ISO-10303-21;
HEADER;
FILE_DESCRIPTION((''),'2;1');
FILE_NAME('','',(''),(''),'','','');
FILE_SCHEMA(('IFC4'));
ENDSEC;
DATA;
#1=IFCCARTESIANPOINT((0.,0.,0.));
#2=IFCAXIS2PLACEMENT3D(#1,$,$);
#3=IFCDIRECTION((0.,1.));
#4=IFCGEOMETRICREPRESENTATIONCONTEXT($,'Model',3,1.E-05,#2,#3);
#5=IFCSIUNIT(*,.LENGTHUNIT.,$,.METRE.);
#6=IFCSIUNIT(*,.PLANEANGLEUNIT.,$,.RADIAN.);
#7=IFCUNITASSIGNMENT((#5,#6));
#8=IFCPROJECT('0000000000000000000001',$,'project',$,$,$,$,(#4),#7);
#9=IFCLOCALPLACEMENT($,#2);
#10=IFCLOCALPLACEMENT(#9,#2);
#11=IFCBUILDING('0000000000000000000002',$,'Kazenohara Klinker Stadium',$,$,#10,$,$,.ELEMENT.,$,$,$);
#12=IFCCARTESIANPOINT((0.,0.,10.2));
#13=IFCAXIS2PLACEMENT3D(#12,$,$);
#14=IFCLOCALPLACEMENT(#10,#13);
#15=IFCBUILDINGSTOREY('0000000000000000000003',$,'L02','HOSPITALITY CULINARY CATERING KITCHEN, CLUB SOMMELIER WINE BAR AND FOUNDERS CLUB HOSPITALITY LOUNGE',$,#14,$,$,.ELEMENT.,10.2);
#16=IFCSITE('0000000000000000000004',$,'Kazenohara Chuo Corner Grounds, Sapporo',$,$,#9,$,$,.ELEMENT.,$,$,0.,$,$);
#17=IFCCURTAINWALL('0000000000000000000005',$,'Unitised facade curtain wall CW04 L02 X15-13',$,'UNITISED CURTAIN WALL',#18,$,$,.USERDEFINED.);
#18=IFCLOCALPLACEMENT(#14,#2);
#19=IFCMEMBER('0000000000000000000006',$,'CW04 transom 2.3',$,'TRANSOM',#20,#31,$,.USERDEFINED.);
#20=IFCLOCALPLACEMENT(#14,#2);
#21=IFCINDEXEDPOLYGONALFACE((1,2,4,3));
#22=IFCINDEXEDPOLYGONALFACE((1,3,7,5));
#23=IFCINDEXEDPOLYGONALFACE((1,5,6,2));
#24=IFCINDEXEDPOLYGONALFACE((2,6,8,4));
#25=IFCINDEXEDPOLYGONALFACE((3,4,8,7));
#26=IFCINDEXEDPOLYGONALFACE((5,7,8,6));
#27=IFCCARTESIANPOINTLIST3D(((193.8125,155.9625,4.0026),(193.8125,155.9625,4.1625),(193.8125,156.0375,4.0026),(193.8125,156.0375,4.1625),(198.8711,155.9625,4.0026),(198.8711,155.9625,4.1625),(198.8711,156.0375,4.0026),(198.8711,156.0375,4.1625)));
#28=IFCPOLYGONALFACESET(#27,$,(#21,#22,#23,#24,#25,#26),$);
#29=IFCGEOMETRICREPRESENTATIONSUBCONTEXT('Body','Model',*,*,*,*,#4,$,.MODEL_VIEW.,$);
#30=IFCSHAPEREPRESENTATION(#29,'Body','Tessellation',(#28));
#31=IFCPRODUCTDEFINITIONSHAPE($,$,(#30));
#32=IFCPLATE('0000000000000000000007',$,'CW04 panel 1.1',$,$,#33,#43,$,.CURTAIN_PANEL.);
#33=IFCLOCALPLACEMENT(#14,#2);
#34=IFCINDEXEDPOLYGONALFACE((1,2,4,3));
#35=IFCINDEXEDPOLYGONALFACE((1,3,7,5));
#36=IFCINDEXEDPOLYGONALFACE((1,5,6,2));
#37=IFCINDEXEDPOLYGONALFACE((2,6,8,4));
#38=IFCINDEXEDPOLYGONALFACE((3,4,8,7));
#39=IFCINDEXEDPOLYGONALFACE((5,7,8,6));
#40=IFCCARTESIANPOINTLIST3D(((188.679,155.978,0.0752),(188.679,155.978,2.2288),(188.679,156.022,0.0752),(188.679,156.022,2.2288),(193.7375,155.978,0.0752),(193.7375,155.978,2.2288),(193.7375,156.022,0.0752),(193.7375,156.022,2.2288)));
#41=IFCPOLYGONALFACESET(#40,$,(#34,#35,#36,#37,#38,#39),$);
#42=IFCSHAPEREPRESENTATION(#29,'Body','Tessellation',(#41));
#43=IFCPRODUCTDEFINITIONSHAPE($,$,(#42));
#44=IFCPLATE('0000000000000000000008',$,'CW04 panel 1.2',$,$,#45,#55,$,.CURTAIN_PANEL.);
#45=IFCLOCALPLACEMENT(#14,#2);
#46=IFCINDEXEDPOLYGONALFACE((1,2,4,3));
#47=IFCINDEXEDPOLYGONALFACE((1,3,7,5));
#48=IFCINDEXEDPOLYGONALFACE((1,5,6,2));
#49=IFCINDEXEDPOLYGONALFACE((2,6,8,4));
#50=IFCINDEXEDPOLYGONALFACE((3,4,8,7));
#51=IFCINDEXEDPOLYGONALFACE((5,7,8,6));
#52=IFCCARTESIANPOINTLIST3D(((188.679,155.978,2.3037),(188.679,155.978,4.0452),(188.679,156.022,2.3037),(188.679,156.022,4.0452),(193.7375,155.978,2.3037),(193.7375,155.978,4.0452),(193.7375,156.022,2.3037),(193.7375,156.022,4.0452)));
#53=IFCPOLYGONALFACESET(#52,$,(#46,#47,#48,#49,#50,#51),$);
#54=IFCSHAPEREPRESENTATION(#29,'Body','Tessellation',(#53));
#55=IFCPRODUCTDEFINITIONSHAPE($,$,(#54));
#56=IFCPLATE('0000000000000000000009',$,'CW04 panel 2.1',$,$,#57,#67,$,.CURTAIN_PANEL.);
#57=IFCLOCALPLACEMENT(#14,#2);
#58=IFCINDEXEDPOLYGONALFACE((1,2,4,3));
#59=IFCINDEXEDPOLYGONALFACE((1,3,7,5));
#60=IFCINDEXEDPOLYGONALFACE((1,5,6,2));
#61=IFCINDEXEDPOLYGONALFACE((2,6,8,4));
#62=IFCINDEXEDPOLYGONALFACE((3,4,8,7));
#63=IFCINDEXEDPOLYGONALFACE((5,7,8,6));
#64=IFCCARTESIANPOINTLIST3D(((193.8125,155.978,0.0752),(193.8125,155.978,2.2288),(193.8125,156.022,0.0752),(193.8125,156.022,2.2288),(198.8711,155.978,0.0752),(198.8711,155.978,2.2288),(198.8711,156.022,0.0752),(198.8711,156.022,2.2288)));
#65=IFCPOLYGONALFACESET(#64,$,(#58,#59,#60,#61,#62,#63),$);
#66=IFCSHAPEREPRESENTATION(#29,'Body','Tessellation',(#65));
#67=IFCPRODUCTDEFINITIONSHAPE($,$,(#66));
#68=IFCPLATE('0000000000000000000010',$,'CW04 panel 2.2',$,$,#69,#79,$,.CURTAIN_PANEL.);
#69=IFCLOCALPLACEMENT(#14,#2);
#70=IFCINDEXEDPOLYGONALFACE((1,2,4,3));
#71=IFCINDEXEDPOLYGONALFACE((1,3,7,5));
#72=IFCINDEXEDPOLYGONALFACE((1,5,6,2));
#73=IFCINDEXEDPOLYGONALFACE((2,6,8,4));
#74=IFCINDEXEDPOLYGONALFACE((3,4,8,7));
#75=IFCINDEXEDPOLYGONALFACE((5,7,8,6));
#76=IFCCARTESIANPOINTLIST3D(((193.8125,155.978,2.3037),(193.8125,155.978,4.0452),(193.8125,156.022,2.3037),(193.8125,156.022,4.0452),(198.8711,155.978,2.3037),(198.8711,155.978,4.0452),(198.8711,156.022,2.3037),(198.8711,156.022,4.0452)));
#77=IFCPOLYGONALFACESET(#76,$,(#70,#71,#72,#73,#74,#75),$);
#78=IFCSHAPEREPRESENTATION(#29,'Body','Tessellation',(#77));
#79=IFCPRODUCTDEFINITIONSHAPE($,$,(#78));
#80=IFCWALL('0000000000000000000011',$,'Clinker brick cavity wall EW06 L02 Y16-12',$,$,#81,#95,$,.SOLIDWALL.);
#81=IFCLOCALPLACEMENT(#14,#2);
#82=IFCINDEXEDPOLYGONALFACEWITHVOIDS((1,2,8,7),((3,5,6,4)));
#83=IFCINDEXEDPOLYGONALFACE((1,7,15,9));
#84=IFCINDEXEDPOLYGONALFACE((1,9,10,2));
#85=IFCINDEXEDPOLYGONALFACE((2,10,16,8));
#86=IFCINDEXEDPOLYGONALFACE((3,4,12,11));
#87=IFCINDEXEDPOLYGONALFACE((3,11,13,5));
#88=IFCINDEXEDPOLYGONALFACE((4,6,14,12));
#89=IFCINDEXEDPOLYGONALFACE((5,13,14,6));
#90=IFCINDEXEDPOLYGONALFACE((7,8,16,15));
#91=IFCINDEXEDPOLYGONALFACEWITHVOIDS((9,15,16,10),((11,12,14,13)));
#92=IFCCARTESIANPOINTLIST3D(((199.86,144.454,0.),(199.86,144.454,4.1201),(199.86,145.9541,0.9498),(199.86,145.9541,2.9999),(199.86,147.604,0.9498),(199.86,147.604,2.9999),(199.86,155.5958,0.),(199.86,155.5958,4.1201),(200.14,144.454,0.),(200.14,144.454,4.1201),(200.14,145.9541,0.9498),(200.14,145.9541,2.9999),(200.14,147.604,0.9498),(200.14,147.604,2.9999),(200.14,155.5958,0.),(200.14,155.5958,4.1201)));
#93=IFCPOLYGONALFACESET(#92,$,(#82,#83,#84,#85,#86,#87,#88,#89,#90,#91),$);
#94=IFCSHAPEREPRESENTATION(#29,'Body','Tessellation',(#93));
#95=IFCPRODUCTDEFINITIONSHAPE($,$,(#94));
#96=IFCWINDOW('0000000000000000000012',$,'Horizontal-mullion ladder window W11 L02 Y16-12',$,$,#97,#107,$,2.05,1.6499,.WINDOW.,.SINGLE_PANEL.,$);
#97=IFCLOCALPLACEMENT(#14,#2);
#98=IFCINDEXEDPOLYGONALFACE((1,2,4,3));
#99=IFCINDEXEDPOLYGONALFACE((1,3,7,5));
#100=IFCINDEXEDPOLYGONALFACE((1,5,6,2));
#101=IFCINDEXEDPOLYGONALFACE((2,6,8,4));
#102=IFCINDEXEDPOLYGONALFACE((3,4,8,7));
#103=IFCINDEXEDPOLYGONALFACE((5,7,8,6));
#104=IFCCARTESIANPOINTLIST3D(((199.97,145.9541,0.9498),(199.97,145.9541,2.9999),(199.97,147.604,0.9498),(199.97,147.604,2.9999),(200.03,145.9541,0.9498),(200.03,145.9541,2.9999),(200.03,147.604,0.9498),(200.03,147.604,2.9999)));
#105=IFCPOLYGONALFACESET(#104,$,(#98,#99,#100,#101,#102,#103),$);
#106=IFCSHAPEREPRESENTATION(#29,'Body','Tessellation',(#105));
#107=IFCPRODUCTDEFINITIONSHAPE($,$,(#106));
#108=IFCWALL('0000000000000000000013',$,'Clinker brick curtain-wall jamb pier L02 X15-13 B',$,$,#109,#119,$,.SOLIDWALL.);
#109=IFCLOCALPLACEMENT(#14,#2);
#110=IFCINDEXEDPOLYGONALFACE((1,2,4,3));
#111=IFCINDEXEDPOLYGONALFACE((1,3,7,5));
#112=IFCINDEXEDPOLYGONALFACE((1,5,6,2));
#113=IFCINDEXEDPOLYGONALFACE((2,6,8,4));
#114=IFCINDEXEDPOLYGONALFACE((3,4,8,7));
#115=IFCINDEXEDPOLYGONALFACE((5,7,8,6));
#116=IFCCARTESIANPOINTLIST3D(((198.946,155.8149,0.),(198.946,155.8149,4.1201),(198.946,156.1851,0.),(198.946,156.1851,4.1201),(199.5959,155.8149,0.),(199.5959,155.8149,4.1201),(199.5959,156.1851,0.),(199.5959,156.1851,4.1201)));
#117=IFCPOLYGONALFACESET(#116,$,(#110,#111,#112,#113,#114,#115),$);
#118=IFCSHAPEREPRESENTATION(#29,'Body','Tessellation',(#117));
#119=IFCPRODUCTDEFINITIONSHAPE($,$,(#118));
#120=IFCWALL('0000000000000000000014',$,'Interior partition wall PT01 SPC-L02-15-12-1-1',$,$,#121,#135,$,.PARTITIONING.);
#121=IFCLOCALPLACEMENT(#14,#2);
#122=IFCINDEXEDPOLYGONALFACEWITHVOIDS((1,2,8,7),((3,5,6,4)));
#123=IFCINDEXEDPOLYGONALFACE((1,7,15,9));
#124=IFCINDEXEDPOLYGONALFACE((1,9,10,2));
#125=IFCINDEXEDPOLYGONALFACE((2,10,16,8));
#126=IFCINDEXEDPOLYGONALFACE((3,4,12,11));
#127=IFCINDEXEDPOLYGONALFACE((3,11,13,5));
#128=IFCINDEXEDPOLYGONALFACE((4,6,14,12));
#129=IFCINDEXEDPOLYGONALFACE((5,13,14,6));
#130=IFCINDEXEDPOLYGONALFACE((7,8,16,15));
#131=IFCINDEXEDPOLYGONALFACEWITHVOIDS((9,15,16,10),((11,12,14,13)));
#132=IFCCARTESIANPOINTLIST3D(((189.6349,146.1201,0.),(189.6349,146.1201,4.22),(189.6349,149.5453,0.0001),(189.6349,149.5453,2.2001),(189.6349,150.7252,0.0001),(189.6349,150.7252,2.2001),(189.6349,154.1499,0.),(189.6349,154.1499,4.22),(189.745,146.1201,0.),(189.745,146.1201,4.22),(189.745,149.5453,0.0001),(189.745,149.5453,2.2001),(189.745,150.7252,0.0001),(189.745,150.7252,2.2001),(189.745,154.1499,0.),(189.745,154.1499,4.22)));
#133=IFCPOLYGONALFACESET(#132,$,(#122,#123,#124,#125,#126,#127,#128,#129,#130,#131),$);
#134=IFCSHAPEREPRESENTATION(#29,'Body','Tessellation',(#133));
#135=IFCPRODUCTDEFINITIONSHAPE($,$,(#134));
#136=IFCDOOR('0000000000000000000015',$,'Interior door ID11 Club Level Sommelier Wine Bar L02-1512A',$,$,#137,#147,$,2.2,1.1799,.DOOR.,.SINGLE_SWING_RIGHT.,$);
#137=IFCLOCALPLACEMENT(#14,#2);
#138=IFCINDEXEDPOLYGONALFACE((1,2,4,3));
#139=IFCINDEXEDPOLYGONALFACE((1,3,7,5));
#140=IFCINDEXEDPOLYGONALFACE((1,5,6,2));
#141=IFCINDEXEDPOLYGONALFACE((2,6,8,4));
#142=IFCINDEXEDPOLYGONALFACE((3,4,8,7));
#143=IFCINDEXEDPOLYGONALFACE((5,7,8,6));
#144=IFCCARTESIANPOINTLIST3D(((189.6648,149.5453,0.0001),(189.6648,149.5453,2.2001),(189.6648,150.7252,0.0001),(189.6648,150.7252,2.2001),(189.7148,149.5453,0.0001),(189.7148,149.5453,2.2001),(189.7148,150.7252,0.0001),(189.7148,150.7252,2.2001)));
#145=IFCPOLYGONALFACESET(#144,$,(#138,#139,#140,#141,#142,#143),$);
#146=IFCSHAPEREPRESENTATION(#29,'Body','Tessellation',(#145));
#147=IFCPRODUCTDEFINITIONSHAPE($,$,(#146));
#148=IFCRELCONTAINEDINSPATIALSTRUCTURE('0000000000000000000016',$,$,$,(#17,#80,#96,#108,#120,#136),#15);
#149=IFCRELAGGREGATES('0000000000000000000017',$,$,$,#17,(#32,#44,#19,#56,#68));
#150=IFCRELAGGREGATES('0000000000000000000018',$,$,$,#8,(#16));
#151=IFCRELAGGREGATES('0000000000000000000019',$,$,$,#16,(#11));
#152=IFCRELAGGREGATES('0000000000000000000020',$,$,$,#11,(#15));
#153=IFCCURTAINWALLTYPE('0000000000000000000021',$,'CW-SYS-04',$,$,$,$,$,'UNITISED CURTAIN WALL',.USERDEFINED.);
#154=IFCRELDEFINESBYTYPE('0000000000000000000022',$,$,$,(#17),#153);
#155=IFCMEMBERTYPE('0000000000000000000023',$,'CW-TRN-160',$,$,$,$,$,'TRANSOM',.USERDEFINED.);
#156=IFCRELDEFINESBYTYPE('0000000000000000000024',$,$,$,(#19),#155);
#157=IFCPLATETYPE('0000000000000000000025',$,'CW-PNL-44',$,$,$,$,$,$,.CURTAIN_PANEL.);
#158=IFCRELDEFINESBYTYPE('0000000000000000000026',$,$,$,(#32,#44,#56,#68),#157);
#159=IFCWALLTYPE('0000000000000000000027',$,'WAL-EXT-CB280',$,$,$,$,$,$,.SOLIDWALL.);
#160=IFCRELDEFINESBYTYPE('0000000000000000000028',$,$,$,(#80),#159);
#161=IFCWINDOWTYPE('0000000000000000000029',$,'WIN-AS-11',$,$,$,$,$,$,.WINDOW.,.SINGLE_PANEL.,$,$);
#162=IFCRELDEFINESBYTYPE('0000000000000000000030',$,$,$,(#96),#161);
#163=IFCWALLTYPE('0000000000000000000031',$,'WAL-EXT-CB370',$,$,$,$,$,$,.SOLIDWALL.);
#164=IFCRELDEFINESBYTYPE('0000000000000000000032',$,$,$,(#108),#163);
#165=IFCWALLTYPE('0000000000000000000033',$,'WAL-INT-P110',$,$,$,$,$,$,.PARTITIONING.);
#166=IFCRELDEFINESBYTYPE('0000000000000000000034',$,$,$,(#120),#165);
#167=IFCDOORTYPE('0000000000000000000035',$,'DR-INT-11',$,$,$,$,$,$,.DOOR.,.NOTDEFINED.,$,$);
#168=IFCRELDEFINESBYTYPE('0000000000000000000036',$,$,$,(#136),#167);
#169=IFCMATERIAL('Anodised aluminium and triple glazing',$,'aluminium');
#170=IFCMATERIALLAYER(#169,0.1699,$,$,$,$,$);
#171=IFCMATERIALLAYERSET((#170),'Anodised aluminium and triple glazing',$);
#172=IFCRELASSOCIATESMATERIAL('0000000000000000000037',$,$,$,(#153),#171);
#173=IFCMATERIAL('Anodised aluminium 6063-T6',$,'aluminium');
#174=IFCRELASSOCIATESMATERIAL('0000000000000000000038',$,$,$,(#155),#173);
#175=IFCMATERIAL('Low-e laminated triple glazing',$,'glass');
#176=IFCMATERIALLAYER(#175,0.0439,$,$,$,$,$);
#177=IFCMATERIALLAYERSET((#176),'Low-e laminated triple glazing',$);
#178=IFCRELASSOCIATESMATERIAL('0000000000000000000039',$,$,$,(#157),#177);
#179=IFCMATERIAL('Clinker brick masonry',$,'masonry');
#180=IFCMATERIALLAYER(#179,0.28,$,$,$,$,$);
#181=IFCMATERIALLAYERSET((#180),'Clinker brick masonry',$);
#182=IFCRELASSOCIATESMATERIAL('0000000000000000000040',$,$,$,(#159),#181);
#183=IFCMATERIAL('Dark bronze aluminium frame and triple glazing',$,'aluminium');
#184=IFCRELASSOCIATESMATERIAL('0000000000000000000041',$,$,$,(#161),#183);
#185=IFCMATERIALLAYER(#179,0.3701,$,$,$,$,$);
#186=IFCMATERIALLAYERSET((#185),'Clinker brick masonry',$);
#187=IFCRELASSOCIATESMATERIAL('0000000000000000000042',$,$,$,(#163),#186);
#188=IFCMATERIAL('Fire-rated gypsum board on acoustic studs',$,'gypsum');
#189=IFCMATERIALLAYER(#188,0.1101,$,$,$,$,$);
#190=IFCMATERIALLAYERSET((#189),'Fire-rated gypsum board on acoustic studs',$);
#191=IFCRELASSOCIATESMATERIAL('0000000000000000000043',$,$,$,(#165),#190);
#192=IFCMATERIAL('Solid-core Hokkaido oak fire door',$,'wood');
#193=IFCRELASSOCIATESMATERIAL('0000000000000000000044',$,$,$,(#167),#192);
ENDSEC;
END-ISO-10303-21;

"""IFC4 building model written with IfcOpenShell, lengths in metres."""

from ifc_helpers import new_model, si_unit, direction, frame, frame_2d, origin, origin_2d, place, context, subcontext, project, spatial, rectangle, extrude, material, layer, layer_set, material_profile, profile_set, type_object, element, fill, aggregate, save


model = new_model("IFC4")

# Units and contexts
model_context = context("Model", 3, precision=1e-05, world=origin(), true_north=direction((0.0, 1.0)))
body_context = subcontext(model_context, "Body", "Model", "MODEL_VIEW")
ifc_project = project(units=[si_unit("LENGTHUNIT", "METRE"), si_unit("PLANEANGLEUNIT", "RADIAN")], contexts=[model_context])

# Site, building, storey
site_placement = place(None, origin())
site = spatial("IfcSite", under=ifc_project, at=site_placement, Name="Kazenohara Chuo Corner Grounds, Sapporo", CompositionType="ELEMENT", RefElevation=0.0)
building_placement = place(site_placement, origin())
building = spatial("IfcBuilding", under=site, at=building_placement, Name="Kazenohara Klinker Stadium", CompositionType="ELEMENT")
storey_placement = place(building_placement, frame((0.0, 0.0, 10.2)))
storey = spatial("IfcBuildingStorey", under=building, at=storey_placement, Name="L02", Description="HOSPITALITY CULINARY CATERING KITCHEN, CLUB SOMMELIER WINE BAR AND FOUNDERS CLUB HOSPITALITY LOUNGE", CompositionType="ELEMENT", Elevation=10.2)

# Curtain wall, member, plates
ifc_material_1 = material(Name="Anodised aluminium and triple glazing", Category="aluminium")
ifc_layer_1 = layer(ifc_material_1, 0.1699)
ifc_layer_set_1 = layer_set([ifc_layer_1], Name="Anodised aluminium and triple glazing")
curtain_wall_type = type_object("IfcCurtainWallType", Name="CW-SYS-04", ElementType="UNITISED CURTAIN WALL", PredefinedType="USERDEFINED", material=ifc_layer_set_1)
curtain_wall_placement = place(storey_placement, origin())
curtain_wall = element("IfcCurtainWall", 1, at=curtain_wall_placement, inside=storey, type_object=curtain_wall_type, Name="Unitised facade curtain wall CW04 L02 X15-13", ObjectType="UNITISED CURTAIN WALL", PredefinedType="USERDEFINED")
ifc_material_2 = material(Name="Anodised aluminium 6063-T6", Category="aluminium")
ifc_material_profile_1 = material_profile(ifc_material_2, rectangle(XDim=0.075, YDim=0.1599, at=origin_2d()), Name="ALU-TRN-75x160")
ifc_profile_set_1 = profile_set([ifc_material_profile_1], Name="Anodised aluminium 6063-T6")
member_type_1 = type_object("IfcMemberType", Name="CW-TRN-160", ElementType="TRANSOM", PredefinedType="USERDEFINED", material=ifc_profile_set_1)
member_1_placement = place(storey_placement, frame((193.8125, 156.0, 4.0825), z_axis=(1.0, 0.0, 0.0), x_axis=(0.0, 1.0, 0.0)))
member_1 = element("IfcMember", 2, at=member_1_placement, type_object=member_type_1, Name="CW04 transom 2.3", ObjectType="TRANSOM", PredefinedType="USERDEFINED", context=body_context, shape_type="SweptSolid", body=[
    extrude(rectangle(XDim=0.075, YDim=0.1599, at=origin_2d()), origin(), (0.0, 0.0, 1.0), 5.0586),
])
ifc_material_3 = material(Name="Low-e laminated triple glazing", Category="glass")
ifc_layer_2 = layer(ifc_material_3, 0.0439)
ifc_layer_set_2 = layer_set([ifc_layer_2], Name="Low-e laminated triple glazing")
plate_type = type_object("IfcPlateType", Name="CW-PNL-44", PredefinedType="CURTAIN_PANEL", material=ifc_layer_set_2)
plate_1_placement = place(storey_placement, frame((191.2083, 156.0, 0.0752), z_axis=(0.0, 0.0, 1.0), x_axis=(1.0, 0.0, 0.0)))
plate_1 = element("IfcPlate", 3, at=plate_1_placement, type_object=plate_type, Name="CW04 panel 1.1", PredefinedType="CURTAIN_PANEL", context=body_context, shape_type="SweptSolid", body=[
    extrude(rectangle(XDim=5.0586, YDim=0.0439, at=origin_2d()), origin(), (0.0, 0.0, 1.0), 2.1536),
])
plate_2_placement = place(storey_placement, frame((191.2083, 156.0, 2.3037), z_axis=(0.0, 0.0, 1.0), x_axis=(1.0, 0.0, 0.0)))
plate_2 = element("IfcPlate", 4, at=plate_2_placement, type_object=plate_type, Name="CW04 panel 1.2", PredefinedType="CURTAIN_PANEL", context=body_context, shape_type="SweptSolid", body=[
    extrude(rectangle(XDim=5.0586, YDim=0.0439, at=origin_2d()), origin(), (0.0, 0.0, 1.0), 1.7415),
])
plate_3_placement = place(storey_placement, frame((196.3418, 156.0, 0.0752), z_axis=(0.0, 0.0, 1.0), x_axis=(1.0, 0.0, 0.0)))
plate_3 = element("IfcPlate", 5, at=plate_3_placement, type_object=plate_type, Name="CW04 panel 2.1", PredefinedType="CURTAIN_PANEL", context=body_context, shape_type="SweptSolid", body=[
    extrude(rectangle(XDim=5.0586, YDim=0.0439, at=origin_2d()), origin(), (0.0, 0.0, 1.0), 2.1536),
])
plate_4_placement = place(storey_placement, frame((196.3418, 156.0, 2.3037), z_axis=(0.0, 0.0, 1.0), x_axis=(1.0, 0.0, 0.0)))
plate_4 = element("IfcPlate", 6, at=plate_4_placement, type_object=plate_type, Name="CW04 panel 2.2", PredefinedType="CURTAIN_PANEL", context=body_context, shape_type="SweptSolid", body=[
    extrude(rectangle(XDim=5.0586, YDim=0.0439, at=origin_2d()), origin(), (0.0, 0.0, 1.0), 1.7415),
])
aggregate(curtain_wall, [plate_1, plate_2, member_1, plate_3, plate_4])

# Wall, opening, window
ifc_material_4 = material(Name="Clinker brick masonry", Category="masonry")
ifc_layer_3 = layer(ifc_material_4, 0.28)
ifc_layer_set_3 = layer_set([ifc_layer_3], Name="Clinker brick masonry")
wall_type_1 = type_object("IfcWallType", Name="WAL-EXT-CB280", PredefinedType="SOLIDWALL", material=ifc_layer_set_3)
wall_1_placement = place(storey_placement, frame((200.0, 144.4541, 0.0), z_axis=(0.0, 0.0, 1.0), x_axis=(0.0, 1.0, 0.0)))
wall_1 = element("IfcWall", 7, at=wall_1_placement, inside=storey, type_object=wall_type_1, Name="Clinker brick cavity wall EW06 L02 Y16-12", PredefinedType="SOLIDWALL", context=body_context, shape_type="SweptSolid", body=[
    extrude(rectangle(XDim=11.1418, YDim=0.28, at=frame_2d((5.5708, 0.0))), origin(), (0.0, 0.0, 1.0), 4.1201),
])
opening_1_placement = place(wall_1_placement, frame((1.5, 0.0, 0.95)))
opening_1 = element("IfcOpeningElement", 8, at=opening_1_placement, cuts=wall_1, PredefinedType="OPENING", context=body_context, shape_type="SweptSolid", body=[
    extrude(rectangle(XDim=1.6499, YDim=2.05, at=frame_2d((0.825, 1.0249))), frame((0.0, 0.1499, 0.0), z_axis=(0.0, -1.0, 0.0), x_axis=(1.0, 0.0, 0.0)), (0.0, 0.0, 1.0), 0.3),
])
ifc_material_5 = material(Name="Dark bronze aluminium frame and triple glazing", Category="aluminium")
window_type = type_object("IfcWindowType", Name="WIN-AS-11", PartitioningType="SINGLE_PANEL", PredefinedType="WINDOW", material=ifc_material_5)
window_placement = place(opening_1_placement, origin())
window = element("IfcWindow", 9, at=window_placement, inside=storey, type_object=window_type, Name="Horizontal-mullion ladder window W11 L02 Y16-12", OverallHeight=2.05, OverallWidth=1.6499, PartitioningType="SINGLE_PANEL", PredefinedType="WINDOW", context=body_context, shape_type="SweptSolid", body=[
    extrude(rectangle(XDim=1.6499, YDim=2.05, at=frame_2d((0.825, 1.0249))), frame((0.0, 0.03, 0.0), z_axis=(0.0, -1.0, 0.0), x_axis=(1.0, 0.0, 0.0)), (0.0, 0.0, 1.0), 0.0601),
])
fill(opening_1, window)

# Wall
ifc_layer_4 = layer(ifc_material_4, 0.3701)
ifc_layer_set_4 = layer_set([ifc_layer_4], Name="Clinker brick masonry")
wall_type_2 = type_object("IfcWallType", Name="WAL-EXT-CB370", PredefinedType="SOLIDWALL", material=ifc_layer_set_4)
wall_2_placement = place(storey_placement, frame((198.946, 156.0, 0.0), z_axis=(0.0, 0.0, 1.0), x_axis=(1.0, 0.0, 0.0)))
element("IfcWall", 10, at=wall_2_placement, inside=storey, type_object=wall_type_2, Name="Clinker brick curtain-wall jamb pier L02 X15-13 B", PredefinedType="SOLIDWALL", context=body_context, shape_type="SweptSolid", body=[
    extrude(rectangle(XDim=0.6499, YDim=0.3701, at=frame_2d((0.325, 0.0))), origin(), (0.0, 0.0, 1.0), 4.1201),
])

# Wall, opening, door
ifc_material_6 = material(Name="Fire-rated gypsum board on acoustic studs", Category="gypsum")
ifc_layer_5 = layer(ifc_material_6, 0.1101)
ifc_layer_set_5 = layer_set([ifc_layer_5], Name="Fire-rated gypsum board on acoustic studs")
wall_type_3 = type_object("IfcWallType", Name="WAL-INT-P110", PredefinedType="PARTITIONING", material=ifc_layer_set_5)
wall_3_placement = place(storey_placement, frame((189.6899, 146.1201, 0.0), z_axis=(0.0, 0.0, 1.0), x_axis=(0.0, 1.0, 0.0)))
wall_3 = element("IfcWall", 11, at=wall_3_placement, inside=storey, type_object=wall_type_3, Name="Interior partition wall PT01 SPC-L02-15-12-1-1", PredefinedType="PARTITIONING", context=body_context, shape_type="SweptSolid", body=[
    extrude(rectangle(XDim=8.0298, YDim=0.1101, at=frame_2d((4.0149, 0.0))), origin(), (0.0, 0.0, 1.0), 4.22),
])
opening_2_placement = place(wall_3_placement, frame((4.605, 0.0, 0.0), z_axis=(0.0, 0.0, 1.0), x_axis=(-1.0, 0.0, 0.0)))
opening_2 = element("IfcOpeningElement", 12, at=opening_2_placement, cuts=wall_3, PredefinedType="OPENING", context=body_context, shape_type="SweptSolid", body=[
    extrude(rectangle(XDim=1.1799, YDim=2.2, at=frame_2d((0.5898, 1.1001))), frame((0.0, 0.0649, 0.0), z_axis=(0.0, -1.0, 0.0), x_axis=(1.0, 0.0, 0.0)), (0.0, 0.0, 1.0), 0.1301),
])
ifc_material_7 = material(Name="Solid-core Hokkaido oak fire door", Category="wood")
door_type = type_object("IfcDoorType", Name="DR-INT-11", OperationType="NOTDEFINED", PredefinedType="DOOR", material=ifc_material_7)
door_placement = place(opening_2_placement, origin())
door = element("IfcDoor", 13, at=door_placement, inside=storey, type_object=door_type, Name="Interior door ID11 Club Level Sommelier Wine Bar L02-1512A", OperationType="SINGLE_SWING_RIGHT", OverallHeight=2.2, OverallWidth=1.1799, PredefinedType="DOOR", context=body_context, shape_type="SweptSolid", body=[
    extrude(rectangle(XDim=1.1799, YDim=2.2, at=frame_2d((0.5898, 1.1001))), frame((0.0, 0.0249, 0.0), z_axis=(0.0, -1.0, 0.0), x_axis=(1.0, 0.0, 0.0)), (0.0, 0.0, 1.0), 0.05),
])
fill(opening_2, door)

save(model, "model.ifc")
